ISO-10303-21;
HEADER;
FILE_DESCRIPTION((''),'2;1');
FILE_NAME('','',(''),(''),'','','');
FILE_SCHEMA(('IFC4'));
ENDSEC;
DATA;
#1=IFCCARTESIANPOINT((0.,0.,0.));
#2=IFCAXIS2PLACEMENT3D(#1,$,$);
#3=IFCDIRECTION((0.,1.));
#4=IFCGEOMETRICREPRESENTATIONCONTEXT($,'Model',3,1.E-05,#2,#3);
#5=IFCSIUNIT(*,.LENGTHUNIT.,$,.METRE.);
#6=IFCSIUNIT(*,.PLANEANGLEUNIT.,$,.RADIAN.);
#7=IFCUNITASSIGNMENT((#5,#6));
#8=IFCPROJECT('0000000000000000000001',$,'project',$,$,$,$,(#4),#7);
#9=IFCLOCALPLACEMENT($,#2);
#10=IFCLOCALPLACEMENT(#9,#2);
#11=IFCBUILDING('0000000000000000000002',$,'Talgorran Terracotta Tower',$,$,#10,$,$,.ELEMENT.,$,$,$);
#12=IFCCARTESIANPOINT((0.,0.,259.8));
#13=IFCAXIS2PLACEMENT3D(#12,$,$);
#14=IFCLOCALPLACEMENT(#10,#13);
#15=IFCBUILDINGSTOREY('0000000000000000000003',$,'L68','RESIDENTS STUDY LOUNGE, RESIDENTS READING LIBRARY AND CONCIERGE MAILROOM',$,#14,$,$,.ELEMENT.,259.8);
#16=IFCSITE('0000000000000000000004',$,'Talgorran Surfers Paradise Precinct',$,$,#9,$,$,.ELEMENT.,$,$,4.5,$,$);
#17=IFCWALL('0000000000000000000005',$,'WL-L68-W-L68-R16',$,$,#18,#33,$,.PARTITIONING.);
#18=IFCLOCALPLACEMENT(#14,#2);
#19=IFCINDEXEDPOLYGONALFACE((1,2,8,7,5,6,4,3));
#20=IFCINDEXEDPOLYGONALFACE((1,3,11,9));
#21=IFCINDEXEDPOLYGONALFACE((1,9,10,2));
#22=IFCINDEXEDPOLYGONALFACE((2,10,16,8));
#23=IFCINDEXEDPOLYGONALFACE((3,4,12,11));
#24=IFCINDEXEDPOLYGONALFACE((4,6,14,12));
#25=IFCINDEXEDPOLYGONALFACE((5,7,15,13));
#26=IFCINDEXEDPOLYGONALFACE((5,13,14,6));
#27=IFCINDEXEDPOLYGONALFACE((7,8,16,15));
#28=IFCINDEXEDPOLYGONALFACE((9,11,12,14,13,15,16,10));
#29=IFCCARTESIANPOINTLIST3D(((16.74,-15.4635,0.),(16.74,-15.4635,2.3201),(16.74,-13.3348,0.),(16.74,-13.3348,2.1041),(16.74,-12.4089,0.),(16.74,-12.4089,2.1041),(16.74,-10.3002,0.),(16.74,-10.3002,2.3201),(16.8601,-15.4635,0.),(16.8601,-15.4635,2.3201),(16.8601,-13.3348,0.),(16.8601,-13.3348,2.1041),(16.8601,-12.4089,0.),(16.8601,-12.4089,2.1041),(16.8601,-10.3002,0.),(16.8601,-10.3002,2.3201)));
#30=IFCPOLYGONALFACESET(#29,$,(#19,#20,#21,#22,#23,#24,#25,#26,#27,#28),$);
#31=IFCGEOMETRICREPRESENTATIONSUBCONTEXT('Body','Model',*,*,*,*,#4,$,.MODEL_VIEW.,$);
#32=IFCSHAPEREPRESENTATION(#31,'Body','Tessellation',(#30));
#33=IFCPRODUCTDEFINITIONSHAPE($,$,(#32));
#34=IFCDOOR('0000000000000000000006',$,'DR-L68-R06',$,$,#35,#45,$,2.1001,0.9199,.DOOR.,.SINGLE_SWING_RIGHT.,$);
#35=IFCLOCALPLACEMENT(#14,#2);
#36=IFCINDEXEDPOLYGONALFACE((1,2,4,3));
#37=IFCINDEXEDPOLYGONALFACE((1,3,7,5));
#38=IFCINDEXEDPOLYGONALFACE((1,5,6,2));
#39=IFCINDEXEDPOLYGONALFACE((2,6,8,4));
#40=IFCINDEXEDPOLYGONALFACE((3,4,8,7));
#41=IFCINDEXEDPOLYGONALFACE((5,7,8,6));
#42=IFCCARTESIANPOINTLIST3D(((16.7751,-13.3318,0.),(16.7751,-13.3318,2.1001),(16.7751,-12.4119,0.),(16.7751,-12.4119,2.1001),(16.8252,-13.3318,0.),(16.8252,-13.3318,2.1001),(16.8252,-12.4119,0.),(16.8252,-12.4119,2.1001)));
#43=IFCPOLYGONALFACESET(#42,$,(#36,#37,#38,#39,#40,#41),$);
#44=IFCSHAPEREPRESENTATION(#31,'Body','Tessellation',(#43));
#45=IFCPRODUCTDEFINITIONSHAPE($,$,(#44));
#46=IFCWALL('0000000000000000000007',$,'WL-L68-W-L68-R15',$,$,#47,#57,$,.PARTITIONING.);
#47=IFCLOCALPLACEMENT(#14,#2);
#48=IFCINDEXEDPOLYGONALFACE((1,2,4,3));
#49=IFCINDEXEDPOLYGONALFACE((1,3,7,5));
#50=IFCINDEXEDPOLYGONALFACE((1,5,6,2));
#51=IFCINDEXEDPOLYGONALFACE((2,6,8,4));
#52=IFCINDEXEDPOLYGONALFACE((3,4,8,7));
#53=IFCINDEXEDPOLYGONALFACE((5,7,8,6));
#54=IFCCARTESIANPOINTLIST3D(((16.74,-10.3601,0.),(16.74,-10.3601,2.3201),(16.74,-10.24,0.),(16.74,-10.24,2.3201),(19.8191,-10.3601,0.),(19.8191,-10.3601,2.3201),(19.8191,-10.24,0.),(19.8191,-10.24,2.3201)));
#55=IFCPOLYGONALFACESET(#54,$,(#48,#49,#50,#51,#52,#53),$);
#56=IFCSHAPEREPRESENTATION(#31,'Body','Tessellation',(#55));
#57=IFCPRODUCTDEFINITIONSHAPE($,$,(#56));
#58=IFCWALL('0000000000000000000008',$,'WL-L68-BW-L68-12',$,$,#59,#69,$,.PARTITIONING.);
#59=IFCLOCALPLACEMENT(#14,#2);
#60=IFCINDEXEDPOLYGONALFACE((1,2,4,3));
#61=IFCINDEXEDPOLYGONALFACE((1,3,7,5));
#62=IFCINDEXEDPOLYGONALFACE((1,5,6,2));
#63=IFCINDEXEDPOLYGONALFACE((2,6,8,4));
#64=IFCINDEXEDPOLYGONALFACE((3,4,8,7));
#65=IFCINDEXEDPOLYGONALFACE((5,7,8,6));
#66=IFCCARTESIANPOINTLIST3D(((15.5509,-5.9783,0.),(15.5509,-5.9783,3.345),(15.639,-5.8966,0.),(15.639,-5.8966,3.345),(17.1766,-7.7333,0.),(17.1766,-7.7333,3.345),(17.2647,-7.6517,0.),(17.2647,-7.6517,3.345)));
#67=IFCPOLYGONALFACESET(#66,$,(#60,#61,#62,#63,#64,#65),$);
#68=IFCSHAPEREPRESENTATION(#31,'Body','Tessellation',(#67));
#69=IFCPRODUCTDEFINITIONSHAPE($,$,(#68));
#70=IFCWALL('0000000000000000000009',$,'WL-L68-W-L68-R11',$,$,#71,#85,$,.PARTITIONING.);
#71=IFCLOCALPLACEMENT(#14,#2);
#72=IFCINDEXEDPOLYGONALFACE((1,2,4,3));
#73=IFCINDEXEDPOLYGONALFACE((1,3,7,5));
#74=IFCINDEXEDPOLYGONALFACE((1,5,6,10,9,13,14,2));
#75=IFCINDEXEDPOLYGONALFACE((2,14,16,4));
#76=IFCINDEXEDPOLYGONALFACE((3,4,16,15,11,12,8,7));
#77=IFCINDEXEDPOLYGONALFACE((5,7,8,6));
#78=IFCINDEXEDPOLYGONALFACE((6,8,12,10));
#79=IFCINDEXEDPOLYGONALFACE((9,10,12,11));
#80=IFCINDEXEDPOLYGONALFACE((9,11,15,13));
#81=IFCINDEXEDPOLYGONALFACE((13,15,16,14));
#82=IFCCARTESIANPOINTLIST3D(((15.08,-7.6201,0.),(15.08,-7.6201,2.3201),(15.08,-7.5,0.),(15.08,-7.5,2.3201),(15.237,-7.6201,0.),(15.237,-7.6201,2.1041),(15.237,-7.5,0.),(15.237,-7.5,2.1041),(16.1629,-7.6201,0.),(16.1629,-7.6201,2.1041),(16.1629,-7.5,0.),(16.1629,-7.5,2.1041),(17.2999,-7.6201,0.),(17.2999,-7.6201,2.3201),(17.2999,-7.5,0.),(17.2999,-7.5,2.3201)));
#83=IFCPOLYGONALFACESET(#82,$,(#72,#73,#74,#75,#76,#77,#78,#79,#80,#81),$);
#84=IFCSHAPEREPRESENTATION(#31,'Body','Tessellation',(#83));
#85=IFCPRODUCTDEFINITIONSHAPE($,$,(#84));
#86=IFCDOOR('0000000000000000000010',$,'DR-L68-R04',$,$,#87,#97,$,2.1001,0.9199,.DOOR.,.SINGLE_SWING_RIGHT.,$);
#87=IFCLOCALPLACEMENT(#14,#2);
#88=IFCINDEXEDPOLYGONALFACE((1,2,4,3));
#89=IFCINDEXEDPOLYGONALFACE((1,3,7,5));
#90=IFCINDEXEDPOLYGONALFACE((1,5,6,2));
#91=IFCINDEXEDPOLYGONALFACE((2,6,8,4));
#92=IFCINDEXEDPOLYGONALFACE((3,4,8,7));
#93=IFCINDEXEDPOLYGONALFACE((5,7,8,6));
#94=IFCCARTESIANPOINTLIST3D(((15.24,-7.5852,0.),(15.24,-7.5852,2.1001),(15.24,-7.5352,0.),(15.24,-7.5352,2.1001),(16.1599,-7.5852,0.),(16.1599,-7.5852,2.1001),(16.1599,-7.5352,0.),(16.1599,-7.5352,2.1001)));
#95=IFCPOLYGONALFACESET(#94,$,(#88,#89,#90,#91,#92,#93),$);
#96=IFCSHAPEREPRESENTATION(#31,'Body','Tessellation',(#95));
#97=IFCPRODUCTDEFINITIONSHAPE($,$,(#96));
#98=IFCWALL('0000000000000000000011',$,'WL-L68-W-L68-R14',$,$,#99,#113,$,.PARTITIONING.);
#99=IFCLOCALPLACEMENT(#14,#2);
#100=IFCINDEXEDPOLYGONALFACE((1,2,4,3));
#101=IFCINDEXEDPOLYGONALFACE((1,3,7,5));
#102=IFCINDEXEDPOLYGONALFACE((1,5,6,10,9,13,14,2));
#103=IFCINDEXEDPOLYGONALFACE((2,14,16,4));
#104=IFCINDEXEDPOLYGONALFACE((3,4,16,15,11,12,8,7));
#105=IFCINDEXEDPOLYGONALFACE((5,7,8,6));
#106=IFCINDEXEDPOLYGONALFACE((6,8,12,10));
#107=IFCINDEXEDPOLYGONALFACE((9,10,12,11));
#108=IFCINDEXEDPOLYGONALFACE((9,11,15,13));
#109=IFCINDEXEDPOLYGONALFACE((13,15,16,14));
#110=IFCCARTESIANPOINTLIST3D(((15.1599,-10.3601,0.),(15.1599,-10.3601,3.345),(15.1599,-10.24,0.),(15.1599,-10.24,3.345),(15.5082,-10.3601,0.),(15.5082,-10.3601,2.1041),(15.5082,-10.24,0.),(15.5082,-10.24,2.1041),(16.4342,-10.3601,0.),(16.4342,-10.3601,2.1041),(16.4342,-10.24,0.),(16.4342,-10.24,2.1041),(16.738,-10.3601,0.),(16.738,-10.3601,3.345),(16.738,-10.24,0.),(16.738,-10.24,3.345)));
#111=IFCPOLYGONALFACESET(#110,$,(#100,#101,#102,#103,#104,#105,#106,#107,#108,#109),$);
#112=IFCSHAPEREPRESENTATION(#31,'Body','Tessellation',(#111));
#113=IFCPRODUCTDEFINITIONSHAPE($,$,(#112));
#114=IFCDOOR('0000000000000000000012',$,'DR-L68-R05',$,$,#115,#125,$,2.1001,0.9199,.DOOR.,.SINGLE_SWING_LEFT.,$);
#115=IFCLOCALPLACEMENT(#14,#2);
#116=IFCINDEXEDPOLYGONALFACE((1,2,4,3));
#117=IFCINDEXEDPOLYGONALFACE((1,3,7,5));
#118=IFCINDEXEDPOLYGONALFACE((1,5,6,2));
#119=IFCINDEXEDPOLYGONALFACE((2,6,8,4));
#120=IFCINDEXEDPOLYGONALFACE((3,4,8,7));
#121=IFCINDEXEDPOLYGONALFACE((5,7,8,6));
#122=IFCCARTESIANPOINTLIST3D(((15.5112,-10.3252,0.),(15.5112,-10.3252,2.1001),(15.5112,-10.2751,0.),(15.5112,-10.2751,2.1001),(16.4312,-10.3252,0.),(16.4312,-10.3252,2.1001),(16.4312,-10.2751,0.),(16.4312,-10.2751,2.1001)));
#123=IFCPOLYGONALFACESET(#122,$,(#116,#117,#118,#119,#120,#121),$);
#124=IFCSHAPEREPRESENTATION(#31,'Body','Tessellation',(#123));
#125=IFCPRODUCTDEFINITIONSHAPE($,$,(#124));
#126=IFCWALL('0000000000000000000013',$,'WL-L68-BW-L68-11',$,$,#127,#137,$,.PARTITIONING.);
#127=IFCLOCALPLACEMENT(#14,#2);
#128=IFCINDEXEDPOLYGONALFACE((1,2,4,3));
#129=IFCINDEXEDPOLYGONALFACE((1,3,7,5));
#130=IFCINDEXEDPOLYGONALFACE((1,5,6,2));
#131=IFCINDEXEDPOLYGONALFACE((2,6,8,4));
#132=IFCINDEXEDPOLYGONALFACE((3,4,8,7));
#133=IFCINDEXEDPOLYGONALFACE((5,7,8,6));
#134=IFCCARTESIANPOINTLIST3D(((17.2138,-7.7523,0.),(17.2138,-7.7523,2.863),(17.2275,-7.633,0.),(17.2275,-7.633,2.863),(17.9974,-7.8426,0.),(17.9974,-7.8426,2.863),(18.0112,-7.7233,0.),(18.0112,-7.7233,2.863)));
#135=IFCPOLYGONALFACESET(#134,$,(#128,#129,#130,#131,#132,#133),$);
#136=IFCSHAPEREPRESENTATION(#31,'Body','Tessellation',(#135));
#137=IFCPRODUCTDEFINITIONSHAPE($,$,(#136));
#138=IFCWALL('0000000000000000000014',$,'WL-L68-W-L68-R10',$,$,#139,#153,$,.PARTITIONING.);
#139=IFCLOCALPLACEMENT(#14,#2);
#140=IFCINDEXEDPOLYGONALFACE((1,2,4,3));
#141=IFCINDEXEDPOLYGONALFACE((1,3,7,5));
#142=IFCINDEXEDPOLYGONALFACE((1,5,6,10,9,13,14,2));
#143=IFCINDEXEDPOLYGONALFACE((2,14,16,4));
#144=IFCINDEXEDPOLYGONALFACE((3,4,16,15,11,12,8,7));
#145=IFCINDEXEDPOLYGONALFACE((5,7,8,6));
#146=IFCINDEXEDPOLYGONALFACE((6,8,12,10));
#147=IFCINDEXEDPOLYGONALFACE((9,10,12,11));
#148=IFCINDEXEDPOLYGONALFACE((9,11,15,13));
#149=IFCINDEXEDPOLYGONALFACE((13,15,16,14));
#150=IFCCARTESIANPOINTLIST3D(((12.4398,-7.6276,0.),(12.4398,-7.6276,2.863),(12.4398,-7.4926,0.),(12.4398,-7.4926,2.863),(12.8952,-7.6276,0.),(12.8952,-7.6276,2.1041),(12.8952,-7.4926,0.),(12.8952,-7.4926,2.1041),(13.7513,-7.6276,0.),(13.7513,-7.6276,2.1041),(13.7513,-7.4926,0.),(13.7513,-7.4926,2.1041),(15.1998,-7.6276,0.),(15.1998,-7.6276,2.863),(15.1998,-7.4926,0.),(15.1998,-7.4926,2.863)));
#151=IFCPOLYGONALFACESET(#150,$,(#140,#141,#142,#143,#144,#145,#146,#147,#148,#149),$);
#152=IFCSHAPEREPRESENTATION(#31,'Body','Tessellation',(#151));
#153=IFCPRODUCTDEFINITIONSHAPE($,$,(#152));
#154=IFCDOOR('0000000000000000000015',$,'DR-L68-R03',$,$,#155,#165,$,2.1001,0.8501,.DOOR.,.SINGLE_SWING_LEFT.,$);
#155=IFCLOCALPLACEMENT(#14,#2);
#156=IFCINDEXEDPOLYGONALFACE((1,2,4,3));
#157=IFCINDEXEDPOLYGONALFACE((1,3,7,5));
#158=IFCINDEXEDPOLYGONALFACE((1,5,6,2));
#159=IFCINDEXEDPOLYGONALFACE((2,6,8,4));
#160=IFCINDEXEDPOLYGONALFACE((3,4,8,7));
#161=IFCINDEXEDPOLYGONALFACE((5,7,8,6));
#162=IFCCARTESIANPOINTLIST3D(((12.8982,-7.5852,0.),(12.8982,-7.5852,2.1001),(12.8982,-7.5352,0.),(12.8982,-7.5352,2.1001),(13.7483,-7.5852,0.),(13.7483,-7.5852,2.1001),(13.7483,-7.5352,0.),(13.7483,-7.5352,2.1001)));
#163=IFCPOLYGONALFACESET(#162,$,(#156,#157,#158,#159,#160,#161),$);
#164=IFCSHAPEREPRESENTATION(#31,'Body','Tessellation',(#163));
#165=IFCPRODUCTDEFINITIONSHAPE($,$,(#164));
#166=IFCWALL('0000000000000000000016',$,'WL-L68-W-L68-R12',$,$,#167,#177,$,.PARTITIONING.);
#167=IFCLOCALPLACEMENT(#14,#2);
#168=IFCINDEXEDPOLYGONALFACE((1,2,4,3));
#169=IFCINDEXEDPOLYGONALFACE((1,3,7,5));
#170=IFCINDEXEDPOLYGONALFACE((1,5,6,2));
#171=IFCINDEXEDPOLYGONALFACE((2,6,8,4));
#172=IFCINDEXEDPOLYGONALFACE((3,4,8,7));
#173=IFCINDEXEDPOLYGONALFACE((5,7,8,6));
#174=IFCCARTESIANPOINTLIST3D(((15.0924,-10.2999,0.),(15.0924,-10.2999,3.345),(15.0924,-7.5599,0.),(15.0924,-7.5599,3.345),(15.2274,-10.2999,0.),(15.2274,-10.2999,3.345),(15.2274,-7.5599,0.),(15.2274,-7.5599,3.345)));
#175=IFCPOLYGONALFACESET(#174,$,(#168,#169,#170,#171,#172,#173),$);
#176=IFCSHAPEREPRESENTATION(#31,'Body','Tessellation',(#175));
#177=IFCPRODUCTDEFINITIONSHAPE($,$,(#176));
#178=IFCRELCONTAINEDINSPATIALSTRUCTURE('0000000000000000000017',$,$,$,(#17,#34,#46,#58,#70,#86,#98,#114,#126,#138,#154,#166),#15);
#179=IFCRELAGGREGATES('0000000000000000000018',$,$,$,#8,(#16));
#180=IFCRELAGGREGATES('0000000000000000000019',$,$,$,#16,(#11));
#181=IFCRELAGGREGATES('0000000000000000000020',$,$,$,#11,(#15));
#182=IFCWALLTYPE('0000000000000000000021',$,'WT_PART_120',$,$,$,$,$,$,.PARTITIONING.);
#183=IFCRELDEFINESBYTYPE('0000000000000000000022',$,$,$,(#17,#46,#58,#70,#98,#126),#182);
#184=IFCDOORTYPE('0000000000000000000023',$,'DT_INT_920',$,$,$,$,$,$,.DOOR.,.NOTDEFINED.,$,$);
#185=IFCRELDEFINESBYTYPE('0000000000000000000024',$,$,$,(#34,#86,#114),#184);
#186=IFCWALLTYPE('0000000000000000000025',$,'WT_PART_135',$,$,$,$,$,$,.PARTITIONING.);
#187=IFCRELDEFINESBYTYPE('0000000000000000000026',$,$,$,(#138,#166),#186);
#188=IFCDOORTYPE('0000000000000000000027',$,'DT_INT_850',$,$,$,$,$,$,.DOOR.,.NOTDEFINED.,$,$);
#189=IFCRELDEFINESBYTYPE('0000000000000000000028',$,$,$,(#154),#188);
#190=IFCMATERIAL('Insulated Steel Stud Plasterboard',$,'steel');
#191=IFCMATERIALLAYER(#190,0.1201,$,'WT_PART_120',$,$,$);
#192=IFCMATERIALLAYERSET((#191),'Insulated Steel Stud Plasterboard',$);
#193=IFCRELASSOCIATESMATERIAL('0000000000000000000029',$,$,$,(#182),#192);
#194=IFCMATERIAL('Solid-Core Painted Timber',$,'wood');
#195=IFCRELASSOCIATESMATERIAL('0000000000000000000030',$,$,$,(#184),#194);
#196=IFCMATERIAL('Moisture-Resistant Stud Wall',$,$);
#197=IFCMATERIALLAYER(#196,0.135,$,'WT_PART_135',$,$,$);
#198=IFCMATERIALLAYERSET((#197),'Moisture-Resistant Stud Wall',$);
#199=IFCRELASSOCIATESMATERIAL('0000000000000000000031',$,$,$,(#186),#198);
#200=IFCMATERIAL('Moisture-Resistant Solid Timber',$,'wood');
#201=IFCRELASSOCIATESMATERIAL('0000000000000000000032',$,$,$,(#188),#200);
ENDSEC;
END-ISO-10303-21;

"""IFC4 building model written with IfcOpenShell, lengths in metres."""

from ifc_helpers import new_model, si_unit, direction, frame, frame_2d, origin, place, context, subcontext, project, spatial, rectangle, extrude, material, layer, layer_set, type_object, element, fill, save


model = new_model("IFC4")

# Units and contexts
model_context = context("Model", 3, precision=1e-05, world=origin(), true_north=direction((0.0, 1.0)))
body_context = subcontext(model_context, "Body", "Model", "MODEL_VIEW")
ifc_project = project(units=[si_unit("LENGTHUNIT", "METRE"), si_unit("PLANEANGLEUNIT", "RADIAN")], contexts=[model_context])

# Site, building, storey
site_placement = place(None, origin())
site = spatial("IfcSite", under=ifc_project, at=site_placement, Name="Talgorran Surfers Paradise Precinct", CompositionType="ELEMENT", RefElevation=4.5)
building_placement = place(site_placement, origin())
building = spatial("IfcBuilding", under=site, at=building_placement, Name="Talgorran Terracotta Tower", CompositionType="ELEMENT")
storey_placement = place(building_placement, frame((0.0, 0.0, 259.8)))
storey = spatial("IfcBuildingStorey", under=building, at=storey_placement, Name="L68", Description="RESIDENTS STUDY LOUNGE, RESIDENTS READING LIBRARY AND CONCIERGE MAILROOM", CompositionType="ELEMENT", Elevation=259.8)

# Wall, opening, door
ifc_material_1 = material(Name="Insulated Steel Stud Plasterboard", Category="steel")
ifc_layer_1 = layer(ifc_material_1, 0.1201, Name="WT_PART_120")
ifc_layer_set_1 = layer_set([ifc_layer_1], Name="Insulated Steel Stud Plasterboard")
wall_type_1 = type_object("IfcWallType", Name="WT_PART_120", PredefinedType="PARTITIONING", material=ifc_layer_set_1)
wall_1_placement = place(storey_placement, frame((16.8, -15.4634, 0.0), z_axis=(0.0, 0.0, 1.0), x_axis=(0.0, 1.0, 0.0)))
wall_1 = element("IfcWall", 1, at=wall_1_placement, inside=storey, type_object=wall_type_1, Name="WL-L68-W-L68-R16", PredefinedType="PARTITIONING", context=body_context, shape_type="SweptSolid", body=[
    extrude(rectangle(XDim=5.1633, YDim=0.1201, at=frame_2d((2.5815, 0.0))), origin(), (0.0, 0.0, 1.0), 2.3201),
])
opening_1_placement = place(wall_1_placement, frame((2.1316, 0.0, 0.0)))
opening_1 = element("IfcOpeningElement", 2, at=opening_1_placement, cuts=wall_1, PredefinedType="OPENING", context=body_context, shape_type="SweptSolid", body=[
    extrude(rectangle(XDim=0.9259, YDim=2.1041, at=frame_2d((0.46, 1.052))), frame((0.0, 0.0701, 0.0), z_axis=(0.0, -1.0, 0.0), x_axis=(1.0, 0.0, 0.0)), (0.0, 0.0, 1.0), 0.1401),
])
ifc_material_2 = material(Name="Solid-Core Painted Timber", Category="wood")
door_type_1 = type_object("IfcDoorType", Name="DT_INT_920", OperationType="NOTDEFINED", PredefinedType="DOOR", material=ifc_material_2)
door_1_placement = place(opening_1_placement, origin())
door_1 = element("IfcDoor", 3, at=door_1_placement, inside=storey, type_object=door_type_1, Name="DR-L68-R06", OperationType="SINGLE_SWING_RIGHT", OverallHeight=2.1001, OverallWidth=0.9199, PredefinedType="DOOR", context=body_context, shape_type="SweptSolid", body=[
    extrude(rectangle(XDim=0.9199, YDim=2.1001, at=frame_2d((0.46, 1.05))), frame((0.0, 0.0249, 0.0), z_axis=(0.0, -1.0, 0.0), x_axis=(1.0, 0.0, 0.0)), (0.0, 0.0, 1.0), 0.05),
])
fill(opening_1, door_1)

# Walls
wall_2_placement = place(storey_placement, frame((16.74, -10.3, 0.0), z_axis=(0.0, 0.0, 1.0), x_axis=(1.0, 0.0, 0.0)))
element("IfcWall", 4, at=wall_2_placement, inside=storey, type_object=wall_type_1, Name="WL-L68-W-L68-R15", PredefinedType="PARTITIONING", context=body_context, shape_type="SweptSolid", body=[
    extrude(rectangle(XDim=3.0791, YDim=0.1201, at=frame_2d((1.5396, 0.0))), origin(), (0.0, 0.0, 1.0), 2.3201),
])
wall_3_placement = place(storey_placement, frame((17.2207, -7.6926, 0.0), z_axis=(0.0, 0.0, 1.0), x_axis=(-0.679546, 0.733633, 0.0)))
element("IfcWall", 5, at=wall_3_placement, inside=storey, type_object=wall_type_1, Name="WL-L68-BW-L68-12", PredefinedType="PARTITIONING", context=body_context, shape_type="SweptSolid", body=[
    extrude(rectangle(XDim=2.3923, YDim=0.1201, at=frame_2d((1.1963, 0.0))), origin(), (0.0, 0.0, 1.0), 3.345),
])

# Walls, openings, doors
wall_4_placement = place(storey_placement, frame((15.0801, -7.5601, 0.0), z_axis=(0.0, 0.0, 1.0), x_axis=(1.0, 0.0, 0.0)))
wall_4 = element("IfcWall", 6, at=wall_4_placement, inside=storey, type_object=wall_type_1, Name="WL-L68-W-L68-R11", PredefinedType="PARTITIONING", context=body_context, shape_type="SweptSolid", body=[
    extrude(rectangle(XDim=2.22, YDim=0.1201, at=frame_2d((1.1099, 0.0))), origin(), (0.0, 0.0, 1.0), 2.3201),
])
opening_2_placement = place(wall_4_placement, frame((0.1599, 0.0, 0.0)))
opening_2 = element("IfcOpeningElement", 7, at=opening_2_placement, cuts=wall_4, PredefinedType="OPENING", context=body_context, shape_type="SweptSolid", body=[
    extrude(rectangle(XDim=0.9259, YDim=2.1041, at=frame_2d((0.46, 1.052))), frame((0.0, 0.0701, 0.0), z_axis=(0.0, -1.0, 0.0), x_axis=(1.0, 0.0, 0.0)), (0.0, 0.0, 1.0), 0.1401),
])
door_2_placement = place(opening_2_placement, origin())
door_2 = element("IfcDoor", 8, at=door_2_placement, inside=storey, type_object=door_type_1, Name="DR-L68-R04", OperationType="SINGLE_SWING_RIGHT", OverallHeight=2.1001, OverallWidth=0.9199, PredefinedType="DOOR", context=body_context, shape_type="SweptSolid", body=[
    extrude(rectangle(XDim=0.9199, YDim=2.1001, at=frame_2d((0.46, 1.05))), frame((0.0, 0.0249, 0.0), z_axis=(0.0, -1.0, 0.0), x_axis=(1.0, 0.0, 0.0)), (0.0, 0.0, 1.0), 0.05),
])
fill(opening_2, door_2)
wall_5_placement = place(storey_placement, frame((15.1599, -10.3, 0.0), z_axis=(0.0, 0.0, 1.0), x_axis=(1.0, 0.0, 0.0)))
wall_5 = element("IfcWall", 9, at=wall_5_placement, inside=storey, type_object=wall_type_1, Name="WL-L68-W-L68-R14", PredefinedType="PARTITIONING", context=body_context, shape_type="SweptSolid", body=[
    extrude(rectangle(XDim=1.5781, YDim=0.1201, at=frame_2d((0.7891, 0.0))), origin(), (0.0, 0.0, 1.0), 3.345),
])
opening_3_placement = place(wall_5_placement, frame((0.3513, 0.0, 0.0)))
opening_3 = element("IfcOpeningElement", 10, at=opening_3_placement, cuts=wall_5, PredefinedType="OPENING", context=body_context, shape_type="SweptSolid", body=[
    extrude(rectangle(XDim=0.9259, YDim=2.1041, at=frame_2d((0.46, 1.052))), frame((0.0, 0.0701, 0.0), z_axis=(0.0, -1.0, 0.0), x_axis=(1.0, 0.0, 0.0)), (0.0, 0.0, 1.0), 0.1401),
])
door_3_placement = place(opening_3_placement, origin())
door_3 = element("IfcDoor", 11, at=door_3_placement, inside=storey, type_object=door_type_1, Name="DR-L68-R05", OperationType="SINGLE_SWING_LEFT", OverallHeight=2.1001, OverallWidth=0.9199, PredefinedType="DOOR", context=body_context, shape_type="SweptSolid", body=[
    extrude(rectangle(XDim=0.9199, YDim=2.1001, at=frame_2d((0.46, 1.05))), frame((0.0, 0.0249, 0.0), z_axis=(0.0, -1.0, 0.0), x_axis=(1.0, 0.0, 0.0)), (0.0, 0.0, 1.0), 0.05),
])
fill(opening_3, door_3)

# Wall
wall_6_placement = place(storey_placement, frame((18.0044, -7.783, 0.0), z_axis=(0.0, 0.0, 1.0), x_axis=(-0.993422, 0.114507, 0.0)))
element("IfcWall", 12, at=wall_6_placement, inside=storey, type_object=wall_type_1, Name="WL-L68-BW-L68-11", PredefinedType="PARTITIONING", context=body_context, shape_type="SweptSolid", body=[
    extrude(rectangle(XDim=0.7888, YDim=0.1201, at=frame_2d((0.3945, 0.0))), origin(), (0.0, 0.0, 1.0), 2.863),
])

# Wall, opening, door
ifc_material_3 = material(Name="Moisture-Resistant Stud Wall")
ifc_layer_2 = layer(ifc_material_3, 0.135, Name="WT_PART_135")
ifc_layer_set_2 = layer_set([ifc_layer_2], Name="Moisture-Resistant Stud Wall")
wall_type_2 = type_object("IfcWallType", Name="WT_PART_135", PredefinedType="PARTITIONING", material=ifc_layer_set_2)
wall_7_placement = place(storey_placement, frame((12.4399, -7.5601, 0.0), z_axis=(0.0, 0.0, 1.0), x_axis=(1.0, 0.0, 0.0)))
wall_7 = element("IfcWall", 13, at=wall_7_placement, inside=storey, type_object=wall_type_2, Name="WL-L68-W-L68-R10", PredefinedType="PARTITIONING", context=body_context, shape_type="SweptSolid", body=[
    extrude(rectangle(XDim=2.76, YDim=0.135, at=frame_2d((1.3799, 0.0))), origin(), (0.0, 0.0, 1.0), 2.863),
])
opening_4_placement = place(wall_7_placement, frame((0.4583, 0.0, 0.0)))
opening_4 = element("IfcOpeningElement", 14, at=opening_4_placement, cuts=wall_7, PredefinedType="OPENING", context=body_context, shape_type="SweptSolid", body=[
    extrude(rectangle(XDim=0.8561, YDim=2.1041, at=frame_2d((0.425, 1.052))), frame((0.0, 0.0776, 0.0), z_axis=(0.0, -1.0, 0.0), x_axis=(1.0, 0.0, 0.0)), (0.0, 0.0, 1.0), 0.155),
])
ifc_material_4 = material(Name="Moisture-Resistant Solid Timber", Category="wood")
door_type_2 = type_object("IfcDoorType", Name="DT_INT_850", OperationType="NOTDEFINED", PredefinedType="DOOR", material=ifc_material_4)
door_4_placement = place(opening_4_placement, origin())
door_4 = element("IfcDoor", 15, at=door_4_placement, inside=storey, type_object=door_type_2, Name="DR-L68-R03", OperationType="SINGLE_SWING_LEFT", OverallHeight=2.1001, OverallWidth=0.8501, PredefinedType="DOOR", context=body_context, shape_type="SweptSolid", body=[
    extrude(rectangle(XDim=0.8501, YDim=2.1001, at=frame_2d((0.425, 1.05))), frame((0.0, 0.0249, 0.0), z_axis=(0.0, -1.0, 0.0), x_axis=(1.0, 0.0, 0.0)), (0.0, 0.0, 1.0), 0.05),
])
fill(opening_4, door_4)

# Wall
wall_8_placement = place(storey_placement, frame((15.1599, -10.3, 0.0), z_axis=(0.0, 0.0, 1.0), x_axis=(0.0, 1.0, 0.0)))
element("IfcWall", 16, at=wall_8_placement, inside=storey, type_object=wall_type_2, Name="WL-L68-W-L68-R12", PredefinedType="PARTITIONING", context=body_context, shape_type="SweptSolid", body=[
    extrude(rectangle(XDim=2.74, YDim=0.135, at=frame_2d((1.3701, 0.0))), origin(), (0.0, 0.0, 1.0), 3.345),
])

save(model, "model.ifc")
